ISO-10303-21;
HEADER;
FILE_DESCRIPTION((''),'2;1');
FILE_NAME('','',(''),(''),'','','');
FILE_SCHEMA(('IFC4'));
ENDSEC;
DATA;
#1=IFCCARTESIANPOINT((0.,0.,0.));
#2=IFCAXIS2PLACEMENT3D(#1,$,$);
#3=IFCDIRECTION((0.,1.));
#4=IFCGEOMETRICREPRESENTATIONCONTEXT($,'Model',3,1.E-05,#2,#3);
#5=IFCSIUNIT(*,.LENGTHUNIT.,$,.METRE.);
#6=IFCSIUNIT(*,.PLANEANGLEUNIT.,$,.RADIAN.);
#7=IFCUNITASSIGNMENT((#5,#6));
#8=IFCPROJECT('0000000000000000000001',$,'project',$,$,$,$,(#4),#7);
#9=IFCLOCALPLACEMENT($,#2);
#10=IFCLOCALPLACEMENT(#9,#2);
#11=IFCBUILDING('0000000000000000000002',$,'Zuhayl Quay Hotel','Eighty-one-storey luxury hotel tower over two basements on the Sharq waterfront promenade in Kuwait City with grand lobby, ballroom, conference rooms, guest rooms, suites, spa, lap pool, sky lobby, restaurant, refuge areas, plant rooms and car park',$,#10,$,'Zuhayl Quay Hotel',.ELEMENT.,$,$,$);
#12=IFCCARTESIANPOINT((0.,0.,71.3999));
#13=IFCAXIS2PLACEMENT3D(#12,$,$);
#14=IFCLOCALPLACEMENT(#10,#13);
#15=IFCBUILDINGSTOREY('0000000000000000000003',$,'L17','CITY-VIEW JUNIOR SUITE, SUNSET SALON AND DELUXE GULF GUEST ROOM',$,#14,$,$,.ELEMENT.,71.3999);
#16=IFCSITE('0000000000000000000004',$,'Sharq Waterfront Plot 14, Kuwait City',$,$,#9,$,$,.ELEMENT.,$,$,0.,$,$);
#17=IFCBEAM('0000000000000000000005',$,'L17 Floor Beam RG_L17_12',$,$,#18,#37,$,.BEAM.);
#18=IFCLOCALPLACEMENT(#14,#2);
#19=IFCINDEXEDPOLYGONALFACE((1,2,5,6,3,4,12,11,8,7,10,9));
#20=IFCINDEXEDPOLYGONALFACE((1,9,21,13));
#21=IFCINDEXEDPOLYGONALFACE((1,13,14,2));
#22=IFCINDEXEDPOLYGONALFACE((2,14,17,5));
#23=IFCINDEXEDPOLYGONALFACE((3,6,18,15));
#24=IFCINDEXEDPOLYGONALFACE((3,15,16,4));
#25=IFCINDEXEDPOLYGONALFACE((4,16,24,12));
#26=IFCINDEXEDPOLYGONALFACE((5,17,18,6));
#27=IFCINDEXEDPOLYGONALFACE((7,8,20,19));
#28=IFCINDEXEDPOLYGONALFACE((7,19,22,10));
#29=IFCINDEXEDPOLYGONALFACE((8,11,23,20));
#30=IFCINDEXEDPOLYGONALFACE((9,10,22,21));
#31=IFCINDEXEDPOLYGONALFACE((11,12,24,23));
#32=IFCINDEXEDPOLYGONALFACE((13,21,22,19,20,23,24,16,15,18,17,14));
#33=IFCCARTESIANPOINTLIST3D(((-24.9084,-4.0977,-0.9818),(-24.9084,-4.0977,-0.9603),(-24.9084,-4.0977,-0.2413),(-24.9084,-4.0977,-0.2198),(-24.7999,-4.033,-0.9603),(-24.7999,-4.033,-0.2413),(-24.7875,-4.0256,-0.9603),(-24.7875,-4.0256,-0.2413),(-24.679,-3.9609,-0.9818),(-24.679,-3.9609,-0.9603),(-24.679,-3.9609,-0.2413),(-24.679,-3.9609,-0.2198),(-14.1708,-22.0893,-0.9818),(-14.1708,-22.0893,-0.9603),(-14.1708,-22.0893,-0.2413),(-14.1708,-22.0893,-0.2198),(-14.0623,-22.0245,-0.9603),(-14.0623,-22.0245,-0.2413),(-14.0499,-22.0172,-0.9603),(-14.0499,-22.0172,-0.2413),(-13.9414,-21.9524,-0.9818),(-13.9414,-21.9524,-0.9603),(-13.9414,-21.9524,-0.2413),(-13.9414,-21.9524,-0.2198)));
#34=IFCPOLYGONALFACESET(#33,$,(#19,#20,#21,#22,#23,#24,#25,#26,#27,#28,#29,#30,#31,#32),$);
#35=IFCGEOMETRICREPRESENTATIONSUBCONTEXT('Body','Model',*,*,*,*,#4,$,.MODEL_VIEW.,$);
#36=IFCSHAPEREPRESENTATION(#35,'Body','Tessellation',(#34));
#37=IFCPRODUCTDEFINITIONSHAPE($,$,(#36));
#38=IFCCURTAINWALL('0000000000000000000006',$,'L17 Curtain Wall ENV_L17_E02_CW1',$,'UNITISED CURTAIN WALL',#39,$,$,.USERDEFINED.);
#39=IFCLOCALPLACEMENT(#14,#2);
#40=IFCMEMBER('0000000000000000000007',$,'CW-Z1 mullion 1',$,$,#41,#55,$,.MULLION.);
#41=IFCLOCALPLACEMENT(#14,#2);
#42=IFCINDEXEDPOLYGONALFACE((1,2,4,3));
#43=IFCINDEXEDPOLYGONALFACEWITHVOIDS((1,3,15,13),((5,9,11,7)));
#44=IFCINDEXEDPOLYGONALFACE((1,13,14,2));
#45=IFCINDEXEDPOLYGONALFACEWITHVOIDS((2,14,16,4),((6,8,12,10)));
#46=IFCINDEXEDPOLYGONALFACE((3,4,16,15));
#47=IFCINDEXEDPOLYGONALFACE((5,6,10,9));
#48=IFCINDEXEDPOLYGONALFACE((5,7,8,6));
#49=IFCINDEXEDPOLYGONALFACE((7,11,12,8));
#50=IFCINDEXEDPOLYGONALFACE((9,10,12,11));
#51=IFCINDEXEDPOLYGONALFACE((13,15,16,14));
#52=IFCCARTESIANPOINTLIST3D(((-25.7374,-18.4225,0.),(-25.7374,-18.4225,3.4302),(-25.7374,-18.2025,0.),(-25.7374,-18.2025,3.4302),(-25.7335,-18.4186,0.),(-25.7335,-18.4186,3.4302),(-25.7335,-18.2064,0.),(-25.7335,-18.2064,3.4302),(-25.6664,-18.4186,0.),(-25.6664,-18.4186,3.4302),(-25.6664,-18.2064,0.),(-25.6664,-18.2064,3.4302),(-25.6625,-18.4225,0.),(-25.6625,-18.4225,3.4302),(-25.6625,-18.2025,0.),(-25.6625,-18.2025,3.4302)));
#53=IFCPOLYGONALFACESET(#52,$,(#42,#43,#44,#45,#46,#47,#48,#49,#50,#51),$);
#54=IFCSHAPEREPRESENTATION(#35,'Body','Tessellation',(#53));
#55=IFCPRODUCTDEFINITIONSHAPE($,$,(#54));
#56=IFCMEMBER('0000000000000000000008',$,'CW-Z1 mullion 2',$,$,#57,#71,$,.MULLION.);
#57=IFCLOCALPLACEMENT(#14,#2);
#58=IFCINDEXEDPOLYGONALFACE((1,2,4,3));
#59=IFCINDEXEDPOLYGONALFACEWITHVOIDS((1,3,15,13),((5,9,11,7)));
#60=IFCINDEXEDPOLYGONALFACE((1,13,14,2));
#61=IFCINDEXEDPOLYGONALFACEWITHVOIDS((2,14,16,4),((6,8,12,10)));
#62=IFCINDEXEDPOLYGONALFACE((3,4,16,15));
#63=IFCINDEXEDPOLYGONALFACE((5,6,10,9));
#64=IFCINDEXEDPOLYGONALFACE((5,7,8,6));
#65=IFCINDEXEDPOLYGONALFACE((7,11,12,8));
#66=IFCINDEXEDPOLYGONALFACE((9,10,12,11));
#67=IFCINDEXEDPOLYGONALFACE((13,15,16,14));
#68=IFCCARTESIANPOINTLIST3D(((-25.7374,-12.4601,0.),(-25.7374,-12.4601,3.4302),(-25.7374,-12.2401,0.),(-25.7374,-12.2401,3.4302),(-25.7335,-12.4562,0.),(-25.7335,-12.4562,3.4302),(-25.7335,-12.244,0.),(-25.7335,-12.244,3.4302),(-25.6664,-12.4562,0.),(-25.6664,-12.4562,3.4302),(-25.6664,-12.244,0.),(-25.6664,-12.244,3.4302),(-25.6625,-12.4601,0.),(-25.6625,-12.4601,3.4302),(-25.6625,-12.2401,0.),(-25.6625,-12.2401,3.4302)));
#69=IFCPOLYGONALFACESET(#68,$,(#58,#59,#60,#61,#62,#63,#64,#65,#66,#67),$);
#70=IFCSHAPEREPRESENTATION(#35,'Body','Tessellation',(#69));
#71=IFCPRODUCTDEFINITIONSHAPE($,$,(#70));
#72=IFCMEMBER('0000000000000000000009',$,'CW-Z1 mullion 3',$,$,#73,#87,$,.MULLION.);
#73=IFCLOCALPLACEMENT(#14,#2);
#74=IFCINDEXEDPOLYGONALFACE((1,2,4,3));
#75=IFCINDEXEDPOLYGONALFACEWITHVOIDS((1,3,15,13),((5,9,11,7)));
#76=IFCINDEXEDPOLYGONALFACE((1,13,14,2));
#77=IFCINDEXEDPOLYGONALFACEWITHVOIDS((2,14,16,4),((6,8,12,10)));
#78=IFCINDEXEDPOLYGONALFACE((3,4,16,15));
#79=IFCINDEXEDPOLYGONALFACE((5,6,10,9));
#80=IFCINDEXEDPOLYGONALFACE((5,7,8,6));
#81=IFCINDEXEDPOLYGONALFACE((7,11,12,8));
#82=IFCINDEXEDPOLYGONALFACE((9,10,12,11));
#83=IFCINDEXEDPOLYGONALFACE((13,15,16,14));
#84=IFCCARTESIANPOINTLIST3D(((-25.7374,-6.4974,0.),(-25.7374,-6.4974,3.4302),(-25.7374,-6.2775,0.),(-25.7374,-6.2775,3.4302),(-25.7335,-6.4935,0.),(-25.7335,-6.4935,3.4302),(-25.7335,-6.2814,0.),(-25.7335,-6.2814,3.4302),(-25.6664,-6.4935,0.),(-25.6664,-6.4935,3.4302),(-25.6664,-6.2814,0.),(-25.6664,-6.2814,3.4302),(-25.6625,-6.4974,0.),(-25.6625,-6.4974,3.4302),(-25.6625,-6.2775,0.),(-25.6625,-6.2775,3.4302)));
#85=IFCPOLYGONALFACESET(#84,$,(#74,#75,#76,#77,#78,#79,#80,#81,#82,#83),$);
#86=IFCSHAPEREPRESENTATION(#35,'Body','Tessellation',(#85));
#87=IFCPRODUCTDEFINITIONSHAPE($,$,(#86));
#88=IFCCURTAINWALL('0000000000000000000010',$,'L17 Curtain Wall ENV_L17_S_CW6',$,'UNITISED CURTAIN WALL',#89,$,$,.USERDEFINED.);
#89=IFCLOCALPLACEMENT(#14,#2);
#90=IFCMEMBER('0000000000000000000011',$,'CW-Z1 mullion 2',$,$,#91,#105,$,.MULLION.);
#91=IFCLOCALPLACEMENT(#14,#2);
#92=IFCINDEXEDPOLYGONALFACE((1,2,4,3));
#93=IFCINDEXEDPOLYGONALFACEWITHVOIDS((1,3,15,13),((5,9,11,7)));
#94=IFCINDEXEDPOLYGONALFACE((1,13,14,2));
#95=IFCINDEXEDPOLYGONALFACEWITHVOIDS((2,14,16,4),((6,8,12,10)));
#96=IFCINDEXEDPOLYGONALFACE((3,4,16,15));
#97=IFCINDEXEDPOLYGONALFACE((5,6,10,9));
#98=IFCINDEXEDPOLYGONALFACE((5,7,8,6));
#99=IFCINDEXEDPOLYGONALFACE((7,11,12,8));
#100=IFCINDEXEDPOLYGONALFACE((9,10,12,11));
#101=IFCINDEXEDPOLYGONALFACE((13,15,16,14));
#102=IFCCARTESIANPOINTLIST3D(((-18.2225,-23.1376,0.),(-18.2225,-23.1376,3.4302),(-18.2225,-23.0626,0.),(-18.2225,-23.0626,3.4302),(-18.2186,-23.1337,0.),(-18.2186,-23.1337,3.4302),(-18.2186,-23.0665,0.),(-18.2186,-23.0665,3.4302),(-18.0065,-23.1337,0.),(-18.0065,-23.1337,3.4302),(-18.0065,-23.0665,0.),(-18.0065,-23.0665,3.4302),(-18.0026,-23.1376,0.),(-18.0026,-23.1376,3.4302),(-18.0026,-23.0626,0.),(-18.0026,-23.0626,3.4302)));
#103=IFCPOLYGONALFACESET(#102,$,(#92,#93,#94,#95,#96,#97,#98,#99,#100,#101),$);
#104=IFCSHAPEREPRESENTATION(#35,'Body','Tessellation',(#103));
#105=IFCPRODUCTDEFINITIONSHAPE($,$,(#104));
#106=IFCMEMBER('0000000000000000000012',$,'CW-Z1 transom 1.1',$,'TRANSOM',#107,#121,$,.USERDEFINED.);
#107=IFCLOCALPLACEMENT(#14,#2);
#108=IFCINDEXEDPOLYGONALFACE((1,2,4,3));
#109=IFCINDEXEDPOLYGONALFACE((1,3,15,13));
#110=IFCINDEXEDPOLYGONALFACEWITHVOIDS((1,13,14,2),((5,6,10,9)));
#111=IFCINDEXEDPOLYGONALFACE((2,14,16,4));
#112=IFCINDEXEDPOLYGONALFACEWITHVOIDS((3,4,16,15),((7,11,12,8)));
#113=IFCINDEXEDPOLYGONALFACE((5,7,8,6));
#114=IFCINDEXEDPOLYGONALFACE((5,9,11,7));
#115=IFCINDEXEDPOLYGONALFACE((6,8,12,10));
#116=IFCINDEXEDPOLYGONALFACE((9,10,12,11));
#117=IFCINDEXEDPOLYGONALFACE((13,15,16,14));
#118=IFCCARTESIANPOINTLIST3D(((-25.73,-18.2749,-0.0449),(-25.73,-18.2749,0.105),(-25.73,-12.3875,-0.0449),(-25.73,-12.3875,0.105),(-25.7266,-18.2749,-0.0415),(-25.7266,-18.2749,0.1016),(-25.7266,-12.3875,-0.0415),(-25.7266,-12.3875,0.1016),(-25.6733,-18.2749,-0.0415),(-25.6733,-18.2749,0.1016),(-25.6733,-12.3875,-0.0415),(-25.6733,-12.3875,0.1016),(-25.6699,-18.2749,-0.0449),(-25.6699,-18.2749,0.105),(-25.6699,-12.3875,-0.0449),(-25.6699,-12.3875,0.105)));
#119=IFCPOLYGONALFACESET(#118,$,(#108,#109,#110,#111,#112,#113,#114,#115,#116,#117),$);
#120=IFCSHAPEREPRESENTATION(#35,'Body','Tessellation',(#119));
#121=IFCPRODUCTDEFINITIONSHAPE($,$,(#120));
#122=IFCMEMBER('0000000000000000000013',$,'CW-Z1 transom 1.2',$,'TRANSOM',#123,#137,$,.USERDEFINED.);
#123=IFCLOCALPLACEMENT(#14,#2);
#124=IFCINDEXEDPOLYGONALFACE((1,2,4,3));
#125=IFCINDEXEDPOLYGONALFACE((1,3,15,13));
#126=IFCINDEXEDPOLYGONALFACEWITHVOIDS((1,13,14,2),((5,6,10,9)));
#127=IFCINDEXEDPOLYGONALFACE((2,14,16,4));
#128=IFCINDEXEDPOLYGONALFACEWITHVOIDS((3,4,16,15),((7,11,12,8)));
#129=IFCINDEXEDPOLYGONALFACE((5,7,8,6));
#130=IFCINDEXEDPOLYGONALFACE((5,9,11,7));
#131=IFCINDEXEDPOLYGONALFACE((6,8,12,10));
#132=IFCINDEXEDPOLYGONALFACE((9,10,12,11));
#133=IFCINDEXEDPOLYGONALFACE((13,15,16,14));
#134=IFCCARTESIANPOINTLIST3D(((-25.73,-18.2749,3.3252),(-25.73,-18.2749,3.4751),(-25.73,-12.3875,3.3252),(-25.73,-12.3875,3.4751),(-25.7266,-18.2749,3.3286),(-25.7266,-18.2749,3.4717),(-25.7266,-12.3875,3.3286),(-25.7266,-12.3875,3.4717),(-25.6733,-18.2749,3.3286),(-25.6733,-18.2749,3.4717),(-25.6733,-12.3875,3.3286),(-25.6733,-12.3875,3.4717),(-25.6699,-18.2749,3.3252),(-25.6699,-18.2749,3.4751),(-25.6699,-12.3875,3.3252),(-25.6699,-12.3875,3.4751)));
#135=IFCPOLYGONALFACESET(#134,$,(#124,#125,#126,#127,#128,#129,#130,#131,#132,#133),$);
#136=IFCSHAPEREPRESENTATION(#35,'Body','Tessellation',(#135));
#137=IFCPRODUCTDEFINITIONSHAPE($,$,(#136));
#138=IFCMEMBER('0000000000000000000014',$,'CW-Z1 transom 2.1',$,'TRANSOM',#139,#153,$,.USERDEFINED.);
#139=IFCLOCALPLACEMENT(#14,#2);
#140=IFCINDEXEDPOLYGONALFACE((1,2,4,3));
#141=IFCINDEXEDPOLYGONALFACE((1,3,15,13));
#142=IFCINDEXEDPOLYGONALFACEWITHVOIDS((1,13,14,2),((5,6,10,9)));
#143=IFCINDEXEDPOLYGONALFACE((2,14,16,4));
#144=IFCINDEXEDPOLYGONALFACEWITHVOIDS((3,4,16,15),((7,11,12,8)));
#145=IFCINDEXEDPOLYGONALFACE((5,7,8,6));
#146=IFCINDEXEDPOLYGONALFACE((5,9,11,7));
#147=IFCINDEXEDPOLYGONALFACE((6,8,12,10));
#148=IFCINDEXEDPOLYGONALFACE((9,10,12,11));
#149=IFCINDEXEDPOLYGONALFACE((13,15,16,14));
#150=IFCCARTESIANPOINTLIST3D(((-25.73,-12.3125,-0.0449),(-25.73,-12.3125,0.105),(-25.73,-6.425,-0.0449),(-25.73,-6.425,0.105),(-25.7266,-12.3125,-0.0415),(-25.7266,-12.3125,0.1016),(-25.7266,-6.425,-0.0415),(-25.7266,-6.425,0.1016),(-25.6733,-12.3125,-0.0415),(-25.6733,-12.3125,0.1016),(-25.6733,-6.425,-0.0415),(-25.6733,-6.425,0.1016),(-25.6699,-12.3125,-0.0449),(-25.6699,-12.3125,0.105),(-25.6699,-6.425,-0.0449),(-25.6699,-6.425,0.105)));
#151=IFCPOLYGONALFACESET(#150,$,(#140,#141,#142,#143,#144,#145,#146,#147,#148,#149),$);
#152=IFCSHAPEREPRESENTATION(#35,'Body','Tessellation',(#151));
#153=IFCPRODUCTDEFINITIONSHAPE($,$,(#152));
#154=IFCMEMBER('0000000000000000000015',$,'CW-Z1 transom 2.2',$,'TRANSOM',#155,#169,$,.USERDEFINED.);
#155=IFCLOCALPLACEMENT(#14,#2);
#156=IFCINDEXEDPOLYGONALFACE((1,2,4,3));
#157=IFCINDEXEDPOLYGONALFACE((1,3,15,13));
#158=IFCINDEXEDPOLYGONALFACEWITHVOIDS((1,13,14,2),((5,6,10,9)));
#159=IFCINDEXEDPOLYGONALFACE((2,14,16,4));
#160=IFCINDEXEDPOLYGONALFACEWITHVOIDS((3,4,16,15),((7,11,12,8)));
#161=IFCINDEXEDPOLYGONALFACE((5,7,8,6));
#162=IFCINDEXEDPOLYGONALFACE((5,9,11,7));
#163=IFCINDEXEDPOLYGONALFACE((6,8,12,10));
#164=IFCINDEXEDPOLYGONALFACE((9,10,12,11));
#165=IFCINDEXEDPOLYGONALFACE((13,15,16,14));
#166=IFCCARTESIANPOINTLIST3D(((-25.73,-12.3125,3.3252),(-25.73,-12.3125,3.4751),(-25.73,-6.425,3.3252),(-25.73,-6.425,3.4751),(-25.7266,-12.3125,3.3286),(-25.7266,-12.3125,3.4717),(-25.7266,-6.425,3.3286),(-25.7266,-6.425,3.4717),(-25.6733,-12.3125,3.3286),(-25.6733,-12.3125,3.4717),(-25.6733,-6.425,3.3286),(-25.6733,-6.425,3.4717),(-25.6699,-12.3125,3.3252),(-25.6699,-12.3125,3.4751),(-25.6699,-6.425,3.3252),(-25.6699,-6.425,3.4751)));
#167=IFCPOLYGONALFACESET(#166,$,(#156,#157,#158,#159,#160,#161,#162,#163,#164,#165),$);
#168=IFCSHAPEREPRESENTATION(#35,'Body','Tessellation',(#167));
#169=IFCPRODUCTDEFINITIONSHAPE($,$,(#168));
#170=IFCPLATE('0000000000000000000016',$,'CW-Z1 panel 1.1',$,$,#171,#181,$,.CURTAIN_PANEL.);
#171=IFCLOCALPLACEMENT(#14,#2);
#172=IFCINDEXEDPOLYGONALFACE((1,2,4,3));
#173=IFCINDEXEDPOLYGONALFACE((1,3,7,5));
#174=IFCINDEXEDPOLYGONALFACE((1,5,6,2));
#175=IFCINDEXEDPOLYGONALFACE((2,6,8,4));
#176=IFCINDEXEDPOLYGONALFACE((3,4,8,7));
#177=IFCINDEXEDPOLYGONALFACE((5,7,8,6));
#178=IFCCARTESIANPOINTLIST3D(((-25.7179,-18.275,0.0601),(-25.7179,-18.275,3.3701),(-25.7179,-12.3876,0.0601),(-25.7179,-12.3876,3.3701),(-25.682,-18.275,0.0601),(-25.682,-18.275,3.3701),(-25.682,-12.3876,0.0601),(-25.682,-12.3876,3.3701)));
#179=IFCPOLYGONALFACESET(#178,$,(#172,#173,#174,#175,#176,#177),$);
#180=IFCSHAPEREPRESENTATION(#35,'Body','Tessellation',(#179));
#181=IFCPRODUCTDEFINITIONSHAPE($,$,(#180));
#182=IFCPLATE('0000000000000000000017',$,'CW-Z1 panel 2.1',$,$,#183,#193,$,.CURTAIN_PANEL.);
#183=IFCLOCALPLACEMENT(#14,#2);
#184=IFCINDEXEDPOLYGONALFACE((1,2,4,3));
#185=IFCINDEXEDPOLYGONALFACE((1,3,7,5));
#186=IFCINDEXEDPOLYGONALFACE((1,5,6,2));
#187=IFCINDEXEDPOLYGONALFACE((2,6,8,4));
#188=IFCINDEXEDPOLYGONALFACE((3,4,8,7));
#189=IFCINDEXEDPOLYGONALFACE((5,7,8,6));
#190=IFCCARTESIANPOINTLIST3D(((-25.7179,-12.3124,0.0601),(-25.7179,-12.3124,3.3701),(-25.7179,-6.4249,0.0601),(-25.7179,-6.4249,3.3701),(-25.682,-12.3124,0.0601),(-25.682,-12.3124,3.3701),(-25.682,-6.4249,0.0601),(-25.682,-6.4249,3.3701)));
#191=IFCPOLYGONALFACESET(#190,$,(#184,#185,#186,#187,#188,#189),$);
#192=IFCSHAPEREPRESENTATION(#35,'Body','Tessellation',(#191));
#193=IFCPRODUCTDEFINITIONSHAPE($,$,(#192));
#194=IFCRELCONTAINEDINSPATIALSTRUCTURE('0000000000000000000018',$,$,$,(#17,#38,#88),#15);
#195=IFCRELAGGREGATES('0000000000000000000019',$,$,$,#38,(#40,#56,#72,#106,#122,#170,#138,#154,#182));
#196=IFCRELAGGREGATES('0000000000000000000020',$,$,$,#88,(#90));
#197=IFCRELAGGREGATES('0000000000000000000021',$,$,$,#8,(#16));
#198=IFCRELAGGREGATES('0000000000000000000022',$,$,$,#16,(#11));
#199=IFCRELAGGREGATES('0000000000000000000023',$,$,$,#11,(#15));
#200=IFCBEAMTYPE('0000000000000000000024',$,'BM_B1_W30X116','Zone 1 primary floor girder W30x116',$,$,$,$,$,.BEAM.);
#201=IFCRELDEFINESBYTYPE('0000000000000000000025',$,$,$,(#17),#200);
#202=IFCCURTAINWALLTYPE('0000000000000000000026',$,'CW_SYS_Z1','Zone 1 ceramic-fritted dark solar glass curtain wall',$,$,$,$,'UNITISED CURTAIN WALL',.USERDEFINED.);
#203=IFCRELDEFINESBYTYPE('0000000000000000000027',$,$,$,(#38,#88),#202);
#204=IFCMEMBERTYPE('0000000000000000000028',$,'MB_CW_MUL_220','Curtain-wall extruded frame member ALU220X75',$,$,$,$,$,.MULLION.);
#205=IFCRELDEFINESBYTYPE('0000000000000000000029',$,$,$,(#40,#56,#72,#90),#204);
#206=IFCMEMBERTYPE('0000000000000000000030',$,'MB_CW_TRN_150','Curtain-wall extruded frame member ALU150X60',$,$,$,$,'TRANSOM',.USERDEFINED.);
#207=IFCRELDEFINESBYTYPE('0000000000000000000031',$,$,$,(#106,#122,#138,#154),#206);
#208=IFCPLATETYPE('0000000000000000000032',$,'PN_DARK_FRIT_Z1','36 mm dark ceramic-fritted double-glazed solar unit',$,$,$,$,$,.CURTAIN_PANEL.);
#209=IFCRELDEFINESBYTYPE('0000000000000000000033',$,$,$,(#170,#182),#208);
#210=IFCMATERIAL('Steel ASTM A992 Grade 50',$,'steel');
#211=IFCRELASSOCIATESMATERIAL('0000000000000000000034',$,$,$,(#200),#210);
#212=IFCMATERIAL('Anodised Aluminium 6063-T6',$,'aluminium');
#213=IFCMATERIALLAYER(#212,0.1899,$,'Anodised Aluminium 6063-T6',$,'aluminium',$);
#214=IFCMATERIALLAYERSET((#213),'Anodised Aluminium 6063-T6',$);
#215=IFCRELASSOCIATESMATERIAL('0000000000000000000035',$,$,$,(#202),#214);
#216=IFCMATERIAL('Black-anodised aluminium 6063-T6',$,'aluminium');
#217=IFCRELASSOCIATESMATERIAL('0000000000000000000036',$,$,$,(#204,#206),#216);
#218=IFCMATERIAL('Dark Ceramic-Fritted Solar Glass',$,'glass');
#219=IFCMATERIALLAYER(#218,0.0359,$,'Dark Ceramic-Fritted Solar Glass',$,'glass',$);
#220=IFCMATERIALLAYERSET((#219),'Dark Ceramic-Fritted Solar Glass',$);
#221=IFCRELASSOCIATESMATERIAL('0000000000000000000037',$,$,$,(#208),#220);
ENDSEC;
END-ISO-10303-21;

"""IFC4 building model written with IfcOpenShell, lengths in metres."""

from ifc_helpers import new_model, si_unit, direction, frame, origin, origin_2d, place, context, subcontext, project, spatial, rectangle, hollow_rectangle, i_section, extrude, material, layer, layer_set, material_profile, profile_set, type_object, element, aggregate, save


model = new_model("IFC4")

# Units and contexts
model_context = context("Model", 3, precision=1e-05, world=origin(), true_north=direction((0.0, 1.0)))
body_context = subcontext(model_context, "Body", "Model", "MODEL_VIEW")
ifc_project = project(units=[si_unit("LENGTHUNIT", "METRE"), si_unit("PLANEANGLEUNIT", "RADIAN")], contexts=[model_context])

# Site, building, storey
site_placement = place(None, origin())
site = spatial("IfcSite", under=ifc_project, at=site_placement, Name="Sharq Waterfront Plot 14, Kuwait City", CompositionType="ELEMENT", RefElevation=0.0)
building_placement = place(site_placement, origin())
building = spatial("IfcBuilding", under=site, at=building_placement, Name="Zuhayl Quay Hotel", Description="Eighty-one-storey luxury hotel tower over two basements on the Sharq waterfront promenade in Kuwait City with grand lobby, ballroom, conference rooms, guest rooms, suites, spa, lap pool, sky lobby, restaurant, refuge areas, plant rooms and car park", LongName="Zuhayl Quay Hotel", CompositionType="ELEMENT")
storey_placement = place(building_placement, frame((0.0, 0.0, 71.3999)))
storey = spatial("IfcBuildingStorey", under=building, at=storey_placement, Name="L17", Description="CITY-VIEW JUNIOR SUITE, SUNSET SALON AND DELUXE GULF GUEST ROOM", CompositionType="ELEMENT", Elevation=71.3999)

# Beam
ifc_material_1 = material(Name="Steel ASTM A992 Grade 50", Category="steel")
ifc_material_profile_1 = material_profile(ifc_material_1, i_section(OverallWidth=0.2671, OverallDepth=0.762, WebThickness=0.0144, FlangeThickness=0.0215, at=origin_2d()), Name="W30X116")
ifc_profile_set_1 = profile_set([ifc_material_profile_1], Name="Steel ASTM A992 Grade 50")
beam_type = type_object("IfcBeamType", Name="BM_B1_W30X116", Description="Zone 1 primary floor girder W30x116", PredefinedType="BEAM", material=ifc_profile_set_1)
beam_placement = place(storey_placement, frame((-24.7937, -4.0293, -0.6008), z_axis=(0.512483, -0.858698, 0.0), x_axis=(0.858698, 0.512483, 0.0)))
element("IfcBeam", 1, at=beam_placement, inside=storey, type_object=beam_type, Name="L17 Floor Beam RG_L17_12", PredefinedType="BEAM", context=body_context, shape_type="SweptSolid", body=[
    extrude(i_section(OverallWidth=0.2671, OverallDepth=0.762, WebThickness=0.0144, FlangeThickness=0.0215, at=origin_2d()), origin(), (0.0, 0.0, 1.0), 20.9521),
])

# Curtain wall, members
ifc_material_2 = material(Name="Anodised Aluminium 6063-T6", Category="aluminium")
ifc_layer_1 = layer(ifc_material_2, 0.1899, Name="Anodised Aluminium 6063-T6", Category="aluminium")
ifc_layer_set_1 = layer_set([ifc_layer_1], Name="Anodised Aluminium 6063-T6")
curtain_wall_type = type_object("IfcCurtainWallType", Name="CW_SYS_Z1", Description="Zone 1 ceramic-fritted dark solar glass curtain wall", ElementType="UNITISED CURTAIN WALL", PredefinedType="USERDEFINED", material=ifc_layer_set_1)
curtain_wall_1_placement = place(storey_placement, origin())
curtain_wall_1 = element("IfcCurtainWall", 2, at=curtain_wall_1_placement, inside=storey, type_object=curtain_wall_type, Name="L17 Curtain Wall ENV_L17_E02_CW1", ObjectType="UNITISED CURTAIN WALL", PredefinedType="USERDEFINED")
ifc_material_3 = material(Name="Black-anodised aluminium 6063-T6", Category="aluminium")
ifc_material_profile_2 = material_profile(ifc_material_3, hollow_rectangle(XDim=0.075, YDim=0.22, WallThickness=0.0039, at=origin_2d()), Name="ALU220X75")
ifc_profile_set_2 = profile_set([ifc_material_profile_2], Name="Black-anodised aluminium 6063-T6")
member_type_1 = type_object("IfcMemberType", Name="MB_CW_MUL_220", Description="Curtain-wall extruded frame member ALU220X75", PredefinedType="MULLION", material=ifc_profile_set_2)
member_1_placement = place(storey_placement, frame((-25.7, -18.3125, 0.0), z_axis=(0.0, 0.0, 1.0), x_axis=(-1.0, 0.0, 0.0)))
member_1 = element("IfcMember", 3, at=member_1_placement, type_object=member_type_1, Name="CW-Z1 mullion 1", PredefinedType="MULLION", context=body_context, shape_type="SweptSolid", body=[
    extrude(hollow_rectangle(XDim=0.075, YDim=0.22, WallThickness=0.0039, at=origin_2d()), origin(), (0.0, 0.0, 1.0), 3.4302),
])
member_2_placement = place(storey_placement, frame((-25.7, -12.3501, 0.0), z_axis=(0.0, 0.0, 1.0), x_axis=(-1.0, 0.0, 0.0)))
member_2 = element("IfcMember", 4, at=member_2_placement, type_object=member_type_1, Name="CW-Z1 mullion 2", PredefinedType="MULLION", context=body_context, shape_type="SweptSolid", body=[
    extrude(hollow_rectangle(XDim=0.075, YDim=0.22, WallThickness=0.0039, at=origin_2d()), origin(), (0.0, 0.0, 1.0), 3.4302),
])
member_3_placement = place(storey_placement, frame((-25.7, -6.3875, 0.0), z_axis=(0.0, 0.0, 1.0), x_axis=(-1.0, 0.0, 0.0)))
member_3 = element("IfcMember", 5, at=member_3_placement, type_object=member_type_1, Name="CW-Z1 mullion 3", PredefinedType="MULLION", context=body_context, shape_type="SweptSolid", body=[
    extrude(hollow_rectangle(XDim=0.075, YDim=0.22, WallThickness=0.0039, at=origin_2d()), origin(), (0.0, 0.0, 1.0), 3.4302),
])

# Curtain wall, member
curtain_wall_2_placement = place(storey_placement, origin())
curtain_wall_2 = element("IfcCurtainWall", 6, at=curtain_wall_2_placement, inside=storey, type_object=curtain_wall_type, Name="L17 Curtain Wall ENV_L17_S_CW6", ObjectType="UNITISED CURTAIN WALL", PredefinedType="USERDEFINED")
member_4_placement = place(storey_placement, frame((-18.1125, -23.1001, 0.0), z_axis=(0.0, 0.0, 1.0), x_axis=(0.0, -1.0, 0.0)))
member_4 = element("IfcMember", 7, at=member_4_placement, type_object=member_type_1, Name="CW-Z1 mullion 2", PredefinedType="MULLION", context=body_context, shape_type="SweptSolid", body=[
    extrude(hollow_rectangle(XDim=0.075, YDim=0.22, WallThickness=0.0039, at=origin_2d()), origin(), (0.0, 0.0, 1.0), 3.4302),
])

# Members
ifc_material_profile_3 = material_profile(ifc_material_3, hollow_rectangle(XDim=0.0601, YDim=0.1499, WallThickness=0.0034, at=origin_2d()), Name="ALU150X60")
ifc_profile_set_3 = profile_set([ifc_material_profile_3], Name="Black-anodised aluminium 6063-T6")
member_type_2 = type_object("IfcMemberType", Name="MB_CW_TRN_150", Description="Curtain-wall extruded frame member ALU150X60", ElementType="TRANSOM", PredefinedType="USERDEFINED", material=ifc_profile_set_3)
member_5_placement = place(storey_placement, frame((-25.7, -18.2749, 0.03), z_axis=(0.0, 1.0, 0.0), x_axis=(-1.0, 0.0, 0.0)))
member_5 = element("IfcMember", 8, at=member_5_placement, type_object=member_type_2, Name="CW-Z1 transom 1.1", ObjectType="TRANSOM", PredefinedType="USERDEFINED", context=body_context, shape_type="SweptSolid", body=[
    extrude(hollow_rectangle(XDim=0.0601, YDim=0.1499, WallThickness=0.0034, at=origin_2d()), origin(), (0.0, 0.0, 1.0), 5.8875),
])
member_6_placement = place(storey_placement, frame((-25.7, -18.2749, 3.4001), z_axis=(0.0, 1.0, 0.0), x_axis=(-1.0, 0.0, 0.0)))
member_6 = element("IfcMember", 9, at=member_6_placement, type_object=member_type_2, Name="CW-Z1 transom 1.2", ObjectType="TRANSOM", PredefinedType="USERDEFINED", context=body_context, shape_type="SweptSolid", body=[
    extrude(hollow_rectangle(XDim=0.0601, YDim=0.1499, WallThickness=0.0034, at=origin_2d()), origin(), (0.0, 0.0, 1.0), 5.8875),
])
member_7_placement = place(storey_placement, frame((-25.7, -12.3125, 0.03), z_axis=(0.0, 1.0, 0.0), x_axis=(-1.0, 0.0, 0.0)))
member_7 = element("IfcMember", 10, at=member_7_placement, type_object=member_type_2, Name="CW-Z1 transom 2.1", ObjectType="TRANSOM", PredefinedType="USERDEFINED", context=body_context, shape_type="SweptSolid", body=[
    extrude(hollow_rectangle(XDim=0.0601, YDim=0.1499, WallThickness=0.0034, at=origin_2d()), origin(), (0.0, 0.0, 1.0), 5.8875),
])
member_8_placement = place(storey_placement, frame((-25.7, -12.3125, 3.4001), z_axis=(0.0, 1.0, 0.0), x_axis=(-1.0, 0.0, 0.0)))
member_8 = element("IfcMember", 11, at=member_8_placement, type_object=member_type_2, Name="CW-Z1 transom 2.2", ObjectType="TRANSOM", PredefinedType="USERDEFINED", context=body_context, shape_type="SweptSolid", body=[
    extrude(hollow_rectangle(XDim=0.0601, YDim=0.1499, WallThickness=0.0034, at=origin_2d()), origin(), (0.0, 0.0, 1.0), 5.8875),
])

# Plates
ifc_material_4 = material(Name="Dark Ceramic-Fritted Solar Glass", Category="glass")
ifc_layer_2 = layer(ifc_material_4, 0.0359, Name="Dark Ceramic-Fritted Solar Glass", Category="glass")
ifc_layer_set_2 = layer_set([ifc_layer_2], Name="Dark Ceramic-Fritted Solar Glass")
plate_type = type_object("IfcPlateType", Name="PN_DARK_FRIT_Z1", Description="36 mm dark ceramic-fritted double-glazed solar unit", PredefinedType="CURTAIN_PANEL", material=ifc_layer_set_2)
plate_1_placement = place(storey_placement, frame((-25.7, -15.3313, 0.0601), z_axis=(0.0, 0.0, 1.0), x_axis=(0.0, 1.0, 0.0)))
plate_1 = element("IfcPlate", 12, at=plate_1_placement, type_object=plate_type, Name="CW-Z1 panel 1.1", PredefinedType="CURTAIN_PANEL", context=body_context, shape_type="SweptSolid", body=[
    extrude(rectangle(XDim=5.8875, YDim=0.0359, at=origin_2d()), origin(), (0.0, 0.0, 1.0), 3.3101),
])
plate_2_placement = place(storey_placement, frame((-25.7, -9.3687, 0.0601), z_axis=(0.0, 0.0, 1.0), x_axis=(0.0, 1.0, 0.0)))
plate_2 = element("IfcPlate", 13, at=plate_2_placement, type_object=plate_type, Name="CW-Z1 panel 2.1", PredefinedType="CURTAIN_PANEL", context=body_context, shape_type="SweptSolid", body=[
    extrude(rectangle(XDim=5.8875, YDim=0.0359, at=origin_2d()), origin(), (0.0, 0.0, 1.0), 3.3101),
])
aggregate(curtain_wall_1, [member_1, member_2, member_3, member_5, member_6, plate_1, member_7, member_8, plate_2])
aggregate(curtain_wall_2, [member_4])

save(model, "model.ifc")
